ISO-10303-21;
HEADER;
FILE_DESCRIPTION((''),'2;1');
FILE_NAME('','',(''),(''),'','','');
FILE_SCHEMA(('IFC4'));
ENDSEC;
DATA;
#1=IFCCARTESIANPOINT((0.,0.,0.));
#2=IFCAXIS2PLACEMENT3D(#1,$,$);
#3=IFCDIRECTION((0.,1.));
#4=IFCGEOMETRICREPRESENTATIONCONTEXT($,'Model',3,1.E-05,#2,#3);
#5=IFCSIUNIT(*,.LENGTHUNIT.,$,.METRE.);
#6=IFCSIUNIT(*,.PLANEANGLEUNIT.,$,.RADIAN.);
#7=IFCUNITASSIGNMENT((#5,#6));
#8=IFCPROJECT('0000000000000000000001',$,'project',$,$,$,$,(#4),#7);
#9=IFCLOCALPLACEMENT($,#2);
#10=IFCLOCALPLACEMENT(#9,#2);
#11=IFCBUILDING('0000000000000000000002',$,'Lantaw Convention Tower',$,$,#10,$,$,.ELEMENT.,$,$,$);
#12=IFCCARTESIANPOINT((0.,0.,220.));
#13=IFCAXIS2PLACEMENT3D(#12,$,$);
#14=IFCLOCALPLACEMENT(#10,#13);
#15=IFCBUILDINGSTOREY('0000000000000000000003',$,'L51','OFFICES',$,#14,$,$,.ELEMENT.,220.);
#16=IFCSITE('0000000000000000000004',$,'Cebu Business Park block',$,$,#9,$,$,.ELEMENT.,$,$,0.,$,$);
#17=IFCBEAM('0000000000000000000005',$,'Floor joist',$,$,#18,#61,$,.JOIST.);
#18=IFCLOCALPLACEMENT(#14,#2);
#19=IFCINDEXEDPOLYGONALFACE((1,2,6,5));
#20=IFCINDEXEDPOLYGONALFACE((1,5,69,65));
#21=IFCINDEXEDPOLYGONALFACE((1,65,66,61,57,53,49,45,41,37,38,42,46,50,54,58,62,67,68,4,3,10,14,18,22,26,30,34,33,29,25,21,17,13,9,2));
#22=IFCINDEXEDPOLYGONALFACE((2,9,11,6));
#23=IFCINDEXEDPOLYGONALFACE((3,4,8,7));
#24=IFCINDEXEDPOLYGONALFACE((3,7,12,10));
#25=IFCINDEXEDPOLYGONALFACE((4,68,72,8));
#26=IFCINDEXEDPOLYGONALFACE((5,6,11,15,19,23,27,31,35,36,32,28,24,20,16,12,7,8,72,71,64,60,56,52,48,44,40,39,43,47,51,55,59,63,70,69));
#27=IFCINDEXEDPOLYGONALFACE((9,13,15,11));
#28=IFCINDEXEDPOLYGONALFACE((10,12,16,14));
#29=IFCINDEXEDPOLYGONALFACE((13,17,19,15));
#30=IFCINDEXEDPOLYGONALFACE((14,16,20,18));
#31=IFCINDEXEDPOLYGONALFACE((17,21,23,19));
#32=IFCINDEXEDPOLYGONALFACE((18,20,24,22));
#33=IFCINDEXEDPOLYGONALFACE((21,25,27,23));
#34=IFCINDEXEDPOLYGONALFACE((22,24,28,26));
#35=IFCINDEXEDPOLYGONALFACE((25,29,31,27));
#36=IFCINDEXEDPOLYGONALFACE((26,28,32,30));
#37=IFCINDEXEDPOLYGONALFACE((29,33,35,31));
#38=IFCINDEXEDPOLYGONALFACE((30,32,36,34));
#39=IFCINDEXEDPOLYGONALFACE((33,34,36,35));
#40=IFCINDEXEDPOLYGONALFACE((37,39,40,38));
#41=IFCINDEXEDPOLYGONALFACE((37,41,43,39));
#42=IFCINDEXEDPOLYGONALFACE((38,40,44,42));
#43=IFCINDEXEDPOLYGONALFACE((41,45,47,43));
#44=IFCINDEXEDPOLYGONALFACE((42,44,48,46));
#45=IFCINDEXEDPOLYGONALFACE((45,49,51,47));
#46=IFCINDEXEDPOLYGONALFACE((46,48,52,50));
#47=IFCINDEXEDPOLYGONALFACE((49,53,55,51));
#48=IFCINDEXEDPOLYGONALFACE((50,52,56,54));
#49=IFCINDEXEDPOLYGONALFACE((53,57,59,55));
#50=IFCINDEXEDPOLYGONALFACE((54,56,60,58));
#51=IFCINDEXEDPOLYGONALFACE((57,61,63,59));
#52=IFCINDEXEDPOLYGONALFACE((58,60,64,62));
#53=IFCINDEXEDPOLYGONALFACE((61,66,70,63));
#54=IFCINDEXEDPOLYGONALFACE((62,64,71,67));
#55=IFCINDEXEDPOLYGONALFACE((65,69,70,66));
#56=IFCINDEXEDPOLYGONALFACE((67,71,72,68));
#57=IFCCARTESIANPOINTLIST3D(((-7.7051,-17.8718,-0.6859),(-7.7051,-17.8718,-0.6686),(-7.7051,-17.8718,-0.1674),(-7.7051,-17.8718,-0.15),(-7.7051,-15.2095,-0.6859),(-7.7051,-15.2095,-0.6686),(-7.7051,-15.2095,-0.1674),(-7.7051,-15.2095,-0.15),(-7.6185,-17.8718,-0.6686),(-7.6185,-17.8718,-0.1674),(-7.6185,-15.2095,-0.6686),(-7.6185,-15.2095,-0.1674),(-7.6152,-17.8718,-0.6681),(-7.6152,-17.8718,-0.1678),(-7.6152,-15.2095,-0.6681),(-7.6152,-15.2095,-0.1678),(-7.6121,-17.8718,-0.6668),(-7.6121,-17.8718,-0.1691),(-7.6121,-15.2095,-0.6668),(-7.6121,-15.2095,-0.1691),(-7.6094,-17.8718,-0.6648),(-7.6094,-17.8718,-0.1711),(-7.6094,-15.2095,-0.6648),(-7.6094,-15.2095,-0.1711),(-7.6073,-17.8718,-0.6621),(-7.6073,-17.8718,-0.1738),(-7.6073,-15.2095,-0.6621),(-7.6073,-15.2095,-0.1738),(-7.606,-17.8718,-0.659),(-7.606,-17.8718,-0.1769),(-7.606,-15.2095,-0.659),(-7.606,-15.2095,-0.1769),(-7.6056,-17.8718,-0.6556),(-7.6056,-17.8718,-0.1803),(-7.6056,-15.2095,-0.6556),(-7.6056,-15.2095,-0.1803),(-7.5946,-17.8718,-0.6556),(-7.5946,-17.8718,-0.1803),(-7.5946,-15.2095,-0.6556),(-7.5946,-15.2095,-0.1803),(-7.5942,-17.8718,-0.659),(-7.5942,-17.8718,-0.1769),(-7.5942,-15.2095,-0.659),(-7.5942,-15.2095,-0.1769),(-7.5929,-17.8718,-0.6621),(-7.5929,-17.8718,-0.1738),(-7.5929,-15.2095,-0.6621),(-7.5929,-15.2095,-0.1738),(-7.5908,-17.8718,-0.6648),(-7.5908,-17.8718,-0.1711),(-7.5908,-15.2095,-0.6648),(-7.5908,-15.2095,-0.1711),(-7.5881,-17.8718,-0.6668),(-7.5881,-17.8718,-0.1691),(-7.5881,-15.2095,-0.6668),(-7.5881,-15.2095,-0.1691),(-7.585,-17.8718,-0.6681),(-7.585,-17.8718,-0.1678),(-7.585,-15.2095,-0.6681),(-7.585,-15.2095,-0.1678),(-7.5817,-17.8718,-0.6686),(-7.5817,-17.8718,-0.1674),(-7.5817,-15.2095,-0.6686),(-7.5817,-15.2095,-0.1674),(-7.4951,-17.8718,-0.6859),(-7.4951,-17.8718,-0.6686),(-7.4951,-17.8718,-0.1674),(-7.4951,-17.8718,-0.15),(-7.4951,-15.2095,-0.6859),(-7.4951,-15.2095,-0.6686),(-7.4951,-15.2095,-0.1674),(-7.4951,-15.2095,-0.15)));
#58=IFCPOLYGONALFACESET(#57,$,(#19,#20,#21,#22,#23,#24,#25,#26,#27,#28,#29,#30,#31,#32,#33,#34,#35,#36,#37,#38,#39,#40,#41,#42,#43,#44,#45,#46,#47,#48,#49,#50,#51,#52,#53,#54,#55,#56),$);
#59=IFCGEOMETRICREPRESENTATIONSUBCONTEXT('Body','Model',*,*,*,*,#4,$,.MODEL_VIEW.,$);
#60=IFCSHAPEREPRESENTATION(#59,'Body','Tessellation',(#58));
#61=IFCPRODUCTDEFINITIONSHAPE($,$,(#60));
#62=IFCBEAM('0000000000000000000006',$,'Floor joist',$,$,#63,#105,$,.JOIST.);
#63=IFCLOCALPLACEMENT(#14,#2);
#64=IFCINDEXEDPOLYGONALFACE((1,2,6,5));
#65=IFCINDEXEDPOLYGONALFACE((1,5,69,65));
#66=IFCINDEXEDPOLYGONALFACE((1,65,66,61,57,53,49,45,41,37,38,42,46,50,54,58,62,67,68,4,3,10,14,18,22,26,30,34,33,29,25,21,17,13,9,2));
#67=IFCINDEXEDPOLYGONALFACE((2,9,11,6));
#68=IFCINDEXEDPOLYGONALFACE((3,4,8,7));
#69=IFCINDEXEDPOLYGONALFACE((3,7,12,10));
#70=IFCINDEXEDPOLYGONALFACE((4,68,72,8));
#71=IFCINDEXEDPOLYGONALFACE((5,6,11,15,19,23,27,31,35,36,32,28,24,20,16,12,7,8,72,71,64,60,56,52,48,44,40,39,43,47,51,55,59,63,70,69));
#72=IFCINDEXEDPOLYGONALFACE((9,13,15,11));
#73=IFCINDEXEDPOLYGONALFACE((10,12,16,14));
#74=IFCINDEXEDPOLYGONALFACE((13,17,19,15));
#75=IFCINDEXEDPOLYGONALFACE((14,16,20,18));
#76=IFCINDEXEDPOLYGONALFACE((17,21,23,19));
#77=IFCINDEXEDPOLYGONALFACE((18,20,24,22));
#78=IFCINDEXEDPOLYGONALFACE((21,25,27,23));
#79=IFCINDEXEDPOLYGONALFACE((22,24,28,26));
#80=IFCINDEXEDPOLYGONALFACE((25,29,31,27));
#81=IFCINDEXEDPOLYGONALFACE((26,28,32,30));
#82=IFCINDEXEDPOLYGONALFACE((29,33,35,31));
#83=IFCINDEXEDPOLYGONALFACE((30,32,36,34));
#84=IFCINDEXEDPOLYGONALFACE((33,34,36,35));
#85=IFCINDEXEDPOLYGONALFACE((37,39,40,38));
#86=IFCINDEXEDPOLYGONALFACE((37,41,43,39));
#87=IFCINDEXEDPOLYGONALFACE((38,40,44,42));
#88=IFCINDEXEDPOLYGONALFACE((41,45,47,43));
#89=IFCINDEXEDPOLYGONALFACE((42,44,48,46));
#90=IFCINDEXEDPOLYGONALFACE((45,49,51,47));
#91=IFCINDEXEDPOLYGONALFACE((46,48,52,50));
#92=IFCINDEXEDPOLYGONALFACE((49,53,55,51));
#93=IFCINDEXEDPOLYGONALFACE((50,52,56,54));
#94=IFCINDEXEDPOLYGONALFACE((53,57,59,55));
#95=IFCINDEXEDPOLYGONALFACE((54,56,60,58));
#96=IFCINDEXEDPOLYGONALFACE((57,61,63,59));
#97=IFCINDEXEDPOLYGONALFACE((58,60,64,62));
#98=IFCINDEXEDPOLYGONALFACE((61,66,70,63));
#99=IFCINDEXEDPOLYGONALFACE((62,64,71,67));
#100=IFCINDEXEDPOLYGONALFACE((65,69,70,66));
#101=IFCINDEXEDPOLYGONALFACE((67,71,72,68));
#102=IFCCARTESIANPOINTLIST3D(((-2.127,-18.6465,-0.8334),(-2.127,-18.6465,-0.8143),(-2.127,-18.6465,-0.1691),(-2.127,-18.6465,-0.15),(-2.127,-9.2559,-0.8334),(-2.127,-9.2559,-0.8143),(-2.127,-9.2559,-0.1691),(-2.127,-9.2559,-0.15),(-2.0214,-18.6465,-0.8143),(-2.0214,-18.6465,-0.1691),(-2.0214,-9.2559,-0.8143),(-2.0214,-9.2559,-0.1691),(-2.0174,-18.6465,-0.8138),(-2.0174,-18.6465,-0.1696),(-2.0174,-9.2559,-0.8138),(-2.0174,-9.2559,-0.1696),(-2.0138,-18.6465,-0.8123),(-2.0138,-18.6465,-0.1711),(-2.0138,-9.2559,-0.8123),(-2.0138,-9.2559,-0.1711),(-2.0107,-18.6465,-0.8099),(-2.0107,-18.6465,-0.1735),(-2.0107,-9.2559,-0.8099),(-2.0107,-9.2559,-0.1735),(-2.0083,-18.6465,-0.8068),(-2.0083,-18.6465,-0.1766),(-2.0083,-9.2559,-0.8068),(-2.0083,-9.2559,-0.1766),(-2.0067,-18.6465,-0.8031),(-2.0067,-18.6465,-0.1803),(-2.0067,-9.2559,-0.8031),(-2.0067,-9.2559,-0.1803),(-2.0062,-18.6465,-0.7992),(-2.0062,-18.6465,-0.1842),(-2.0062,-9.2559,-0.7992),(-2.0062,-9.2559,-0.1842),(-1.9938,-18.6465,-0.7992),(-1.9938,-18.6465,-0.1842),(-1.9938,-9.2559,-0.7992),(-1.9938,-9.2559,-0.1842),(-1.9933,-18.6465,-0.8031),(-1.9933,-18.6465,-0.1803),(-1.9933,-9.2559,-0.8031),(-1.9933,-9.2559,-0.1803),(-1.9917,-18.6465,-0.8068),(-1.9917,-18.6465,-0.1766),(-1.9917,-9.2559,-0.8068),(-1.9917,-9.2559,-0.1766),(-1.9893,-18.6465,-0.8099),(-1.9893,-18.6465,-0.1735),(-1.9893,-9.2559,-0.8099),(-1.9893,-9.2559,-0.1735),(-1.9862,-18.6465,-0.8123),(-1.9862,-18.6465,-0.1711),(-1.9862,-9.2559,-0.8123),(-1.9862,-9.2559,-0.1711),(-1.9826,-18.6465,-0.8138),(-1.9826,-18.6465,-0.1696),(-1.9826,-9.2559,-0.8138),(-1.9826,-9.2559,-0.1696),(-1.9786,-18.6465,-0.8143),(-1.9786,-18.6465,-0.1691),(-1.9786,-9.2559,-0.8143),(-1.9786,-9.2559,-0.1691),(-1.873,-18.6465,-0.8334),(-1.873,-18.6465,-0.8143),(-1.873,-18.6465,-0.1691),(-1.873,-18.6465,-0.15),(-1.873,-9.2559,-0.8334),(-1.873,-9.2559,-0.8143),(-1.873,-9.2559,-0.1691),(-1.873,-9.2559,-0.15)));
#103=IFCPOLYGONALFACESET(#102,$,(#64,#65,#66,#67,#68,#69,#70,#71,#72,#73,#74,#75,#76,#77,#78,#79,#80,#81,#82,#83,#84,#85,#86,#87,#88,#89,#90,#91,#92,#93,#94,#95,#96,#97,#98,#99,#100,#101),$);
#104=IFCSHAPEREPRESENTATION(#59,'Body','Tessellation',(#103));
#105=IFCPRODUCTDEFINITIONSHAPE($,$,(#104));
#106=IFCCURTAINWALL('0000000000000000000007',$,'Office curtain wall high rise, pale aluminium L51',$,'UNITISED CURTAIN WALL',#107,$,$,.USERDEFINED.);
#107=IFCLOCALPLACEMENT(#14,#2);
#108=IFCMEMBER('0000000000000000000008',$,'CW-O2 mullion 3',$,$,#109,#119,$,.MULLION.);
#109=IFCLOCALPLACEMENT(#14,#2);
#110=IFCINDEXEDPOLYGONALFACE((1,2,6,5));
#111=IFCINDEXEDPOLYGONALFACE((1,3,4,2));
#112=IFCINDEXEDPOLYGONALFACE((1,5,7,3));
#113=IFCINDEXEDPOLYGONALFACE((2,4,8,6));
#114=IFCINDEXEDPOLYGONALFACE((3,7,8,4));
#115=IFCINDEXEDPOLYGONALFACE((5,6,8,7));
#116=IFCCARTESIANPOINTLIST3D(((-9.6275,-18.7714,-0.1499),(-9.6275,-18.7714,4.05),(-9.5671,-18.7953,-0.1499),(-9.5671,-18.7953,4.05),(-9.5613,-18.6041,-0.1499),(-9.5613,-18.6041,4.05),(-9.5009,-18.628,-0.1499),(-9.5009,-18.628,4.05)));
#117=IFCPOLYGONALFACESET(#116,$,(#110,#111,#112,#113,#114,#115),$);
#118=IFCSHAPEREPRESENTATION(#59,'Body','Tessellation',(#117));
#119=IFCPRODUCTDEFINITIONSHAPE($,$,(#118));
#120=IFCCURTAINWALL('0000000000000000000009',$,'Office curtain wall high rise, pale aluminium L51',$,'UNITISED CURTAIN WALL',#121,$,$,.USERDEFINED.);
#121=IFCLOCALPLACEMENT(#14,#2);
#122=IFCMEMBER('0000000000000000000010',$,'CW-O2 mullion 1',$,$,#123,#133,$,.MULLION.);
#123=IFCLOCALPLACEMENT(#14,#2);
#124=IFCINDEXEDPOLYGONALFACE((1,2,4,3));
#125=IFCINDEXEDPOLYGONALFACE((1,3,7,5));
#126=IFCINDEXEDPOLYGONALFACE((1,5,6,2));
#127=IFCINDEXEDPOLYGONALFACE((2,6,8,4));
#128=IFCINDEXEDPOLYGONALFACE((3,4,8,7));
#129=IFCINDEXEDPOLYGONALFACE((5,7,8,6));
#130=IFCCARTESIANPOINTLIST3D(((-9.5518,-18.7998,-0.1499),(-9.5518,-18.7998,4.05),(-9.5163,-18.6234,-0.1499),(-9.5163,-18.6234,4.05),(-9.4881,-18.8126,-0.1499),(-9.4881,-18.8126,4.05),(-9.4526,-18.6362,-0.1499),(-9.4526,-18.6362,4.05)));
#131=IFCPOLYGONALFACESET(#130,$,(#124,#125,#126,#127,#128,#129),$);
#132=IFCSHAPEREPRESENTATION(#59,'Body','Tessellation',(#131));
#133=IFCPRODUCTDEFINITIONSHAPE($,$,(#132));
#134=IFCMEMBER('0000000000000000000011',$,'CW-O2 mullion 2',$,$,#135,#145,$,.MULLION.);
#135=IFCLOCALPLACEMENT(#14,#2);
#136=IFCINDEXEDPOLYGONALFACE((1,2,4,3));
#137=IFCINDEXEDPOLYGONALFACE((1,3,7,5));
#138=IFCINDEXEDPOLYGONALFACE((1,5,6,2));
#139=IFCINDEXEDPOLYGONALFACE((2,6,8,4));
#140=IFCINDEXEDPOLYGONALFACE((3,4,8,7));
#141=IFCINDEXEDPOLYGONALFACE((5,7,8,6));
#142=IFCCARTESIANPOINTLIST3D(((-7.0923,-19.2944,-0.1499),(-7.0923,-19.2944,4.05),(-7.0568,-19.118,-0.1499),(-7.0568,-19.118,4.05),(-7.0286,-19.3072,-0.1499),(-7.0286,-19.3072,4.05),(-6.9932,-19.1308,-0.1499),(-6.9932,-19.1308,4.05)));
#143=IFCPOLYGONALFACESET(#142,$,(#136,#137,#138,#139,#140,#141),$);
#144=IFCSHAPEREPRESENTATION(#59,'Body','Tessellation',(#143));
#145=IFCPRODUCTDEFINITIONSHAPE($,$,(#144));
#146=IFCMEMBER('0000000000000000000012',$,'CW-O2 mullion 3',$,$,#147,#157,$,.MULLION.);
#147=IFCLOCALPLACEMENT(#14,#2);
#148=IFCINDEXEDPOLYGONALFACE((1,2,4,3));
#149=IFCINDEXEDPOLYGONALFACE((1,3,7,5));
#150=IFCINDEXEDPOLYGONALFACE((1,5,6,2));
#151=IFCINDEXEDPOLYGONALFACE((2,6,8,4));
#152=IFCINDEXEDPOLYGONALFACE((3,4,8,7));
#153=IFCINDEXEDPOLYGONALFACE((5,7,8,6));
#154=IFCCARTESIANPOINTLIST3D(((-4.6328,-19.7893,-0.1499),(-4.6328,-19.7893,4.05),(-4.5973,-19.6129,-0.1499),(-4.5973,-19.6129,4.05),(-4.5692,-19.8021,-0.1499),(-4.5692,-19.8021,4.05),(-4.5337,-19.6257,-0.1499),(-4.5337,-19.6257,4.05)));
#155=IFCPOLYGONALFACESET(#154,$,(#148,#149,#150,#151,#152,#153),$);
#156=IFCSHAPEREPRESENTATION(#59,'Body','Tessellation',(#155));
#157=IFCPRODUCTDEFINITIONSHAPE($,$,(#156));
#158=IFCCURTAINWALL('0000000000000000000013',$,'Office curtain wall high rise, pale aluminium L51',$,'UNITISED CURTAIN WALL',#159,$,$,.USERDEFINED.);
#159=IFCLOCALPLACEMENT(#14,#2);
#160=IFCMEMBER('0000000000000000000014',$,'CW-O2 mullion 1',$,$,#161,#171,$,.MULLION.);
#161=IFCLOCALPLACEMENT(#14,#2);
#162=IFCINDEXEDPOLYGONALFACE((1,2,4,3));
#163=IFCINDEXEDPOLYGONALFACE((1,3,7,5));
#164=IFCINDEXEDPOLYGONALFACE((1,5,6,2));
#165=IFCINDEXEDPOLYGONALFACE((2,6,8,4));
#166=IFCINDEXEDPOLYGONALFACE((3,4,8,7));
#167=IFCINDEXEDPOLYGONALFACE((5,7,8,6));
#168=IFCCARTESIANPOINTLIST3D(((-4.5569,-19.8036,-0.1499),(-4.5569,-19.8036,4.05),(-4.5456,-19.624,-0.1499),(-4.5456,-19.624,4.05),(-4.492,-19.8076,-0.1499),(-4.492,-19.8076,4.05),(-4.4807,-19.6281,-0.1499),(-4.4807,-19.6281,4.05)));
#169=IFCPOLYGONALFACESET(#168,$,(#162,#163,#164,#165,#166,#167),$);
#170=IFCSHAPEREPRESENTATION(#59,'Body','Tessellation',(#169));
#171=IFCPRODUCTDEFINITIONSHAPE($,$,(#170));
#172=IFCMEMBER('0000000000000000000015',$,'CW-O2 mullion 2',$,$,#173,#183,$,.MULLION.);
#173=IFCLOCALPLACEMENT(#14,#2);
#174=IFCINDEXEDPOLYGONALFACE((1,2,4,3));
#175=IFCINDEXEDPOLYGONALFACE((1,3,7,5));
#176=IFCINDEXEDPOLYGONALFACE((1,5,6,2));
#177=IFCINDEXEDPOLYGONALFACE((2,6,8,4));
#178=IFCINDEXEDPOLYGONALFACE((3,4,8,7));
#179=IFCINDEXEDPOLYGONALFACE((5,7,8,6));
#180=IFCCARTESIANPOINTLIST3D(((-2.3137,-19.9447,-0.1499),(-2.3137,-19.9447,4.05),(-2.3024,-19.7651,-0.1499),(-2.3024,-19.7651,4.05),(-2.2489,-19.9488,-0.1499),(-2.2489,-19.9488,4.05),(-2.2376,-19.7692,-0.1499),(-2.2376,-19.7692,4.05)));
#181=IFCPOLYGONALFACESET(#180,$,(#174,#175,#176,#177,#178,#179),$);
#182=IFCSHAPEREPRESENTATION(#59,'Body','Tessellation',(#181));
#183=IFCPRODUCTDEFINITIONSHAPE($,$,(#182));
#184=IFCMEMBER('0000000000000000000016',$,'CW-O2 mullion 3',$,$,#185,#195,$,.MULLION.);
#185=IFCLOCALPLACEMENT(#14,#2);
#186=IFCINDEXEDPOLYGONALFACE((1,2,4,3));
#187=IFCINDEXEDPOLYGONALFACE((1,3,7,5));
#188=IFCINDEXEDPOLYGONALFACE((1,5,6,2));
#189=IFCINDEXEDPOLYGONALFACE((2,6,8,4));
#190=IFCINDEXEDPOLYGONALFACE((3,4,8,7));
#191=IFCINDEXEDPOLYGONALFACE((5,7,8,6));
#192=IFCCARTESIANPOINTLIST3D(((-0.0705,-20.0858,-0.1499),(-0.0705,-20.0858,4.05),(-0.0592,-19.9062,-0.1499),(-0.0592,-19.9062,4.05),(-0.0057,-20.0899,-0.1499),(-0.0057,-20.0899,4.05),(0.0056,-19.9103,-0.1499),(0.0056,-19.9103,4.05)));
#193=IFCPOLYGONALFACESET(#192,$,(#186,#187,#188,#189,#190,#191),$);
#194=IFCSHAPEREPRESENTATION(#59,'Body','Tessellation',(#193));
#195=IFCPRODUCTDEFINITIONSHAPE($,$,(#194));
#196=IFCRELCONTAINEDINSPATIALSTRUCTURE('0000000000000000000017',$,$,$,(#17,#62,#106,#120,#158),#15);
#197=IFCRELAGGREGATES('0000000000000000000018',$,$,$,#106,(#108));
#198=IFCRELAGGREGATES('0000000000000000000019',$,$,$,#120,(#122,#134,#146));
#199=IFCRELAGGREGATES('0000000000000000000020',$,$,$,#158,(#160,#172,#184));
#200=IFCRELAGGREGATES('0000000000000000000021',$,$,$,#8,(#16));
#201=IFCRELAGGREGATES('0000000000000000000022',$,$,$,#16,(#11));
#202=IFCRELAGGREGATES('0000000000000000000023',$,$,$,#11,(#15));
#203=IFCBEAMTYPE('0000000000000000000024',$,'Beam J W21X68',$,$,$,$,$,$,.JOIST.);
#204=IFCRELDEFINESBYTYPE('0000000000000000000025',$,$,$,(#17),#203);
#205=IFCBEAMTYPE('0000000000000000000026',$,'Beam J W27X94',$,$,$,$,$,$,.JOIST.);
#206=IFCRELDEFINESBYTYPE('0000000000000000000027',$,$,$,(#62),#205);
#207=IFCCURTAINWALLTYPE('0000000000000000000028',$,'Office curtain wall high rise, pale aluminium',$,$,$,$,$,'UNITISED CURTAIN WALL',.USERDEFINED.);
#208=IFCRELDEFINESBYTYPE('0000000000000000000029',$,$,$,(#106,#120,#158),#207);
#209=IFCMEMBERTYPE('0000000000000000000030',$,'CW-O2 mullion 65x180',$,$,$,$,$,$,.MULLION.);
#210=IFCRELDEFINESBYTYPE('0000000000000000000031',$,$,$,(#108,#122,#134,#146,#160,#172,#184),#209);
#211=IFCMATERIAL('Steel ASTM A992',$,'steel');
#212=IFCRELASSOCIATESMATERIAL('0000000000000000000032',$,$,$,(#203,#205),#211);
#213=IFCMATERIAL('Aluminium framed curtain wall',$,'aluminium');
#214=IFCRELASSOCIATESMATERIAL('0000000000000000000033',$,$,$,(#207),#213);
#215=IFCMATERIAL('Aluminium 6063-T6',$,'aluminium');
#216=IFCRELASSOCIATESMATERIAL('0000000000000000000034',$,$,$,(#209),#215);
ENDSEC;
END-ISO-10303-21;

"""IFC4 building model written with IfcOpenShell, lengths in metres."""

from ifc_helpers import new_model, si_unit, direction, frame, origin, origin_2d, place, context, subcontext, project, spatial, rectangle, i_section, extrude, material, material_profile, profile_set, type_object, element, aggregate, save


model = new_model("IFC4")

# Units and contexts
model_context = context("Model", 3, precision=1e-05, world=origin(), true_north=direction((0.0, 1.0)))
body_context = subcontext(model_context, "Body", "Model", "MODEL_VIEW")
ifc_project = project(units=[si_unit("LENGTHUNIT", "METRE"), si_unit("PLANEANGLEUNIT", "RADIAN")], contexts=[model_context])

# Site, building, storey
site_placement = place(None, origin())
site = spatial("IfcSite", under=ifc_project, at=site_placement, Name="Cebu Business Park block", CompositionType="ELEMENT", RefElevation=0.0)
building_placement = place(site_placement, origin())
building = spatial("IfcBuilding", under=site, at=building_placement, Name="Lantaw Convention Tower", CompositionType="ELEMENT")
storey_placement = place(building_placement, frame((0.0, 0.0, 220.0)))
storey = spatial("IfcBuildingStorey", under=building, at=storey_placement, Name="L51", Description="OFFICES", CompositionType="ELEMENT", Elevation=220.0)

# Beams
ifc_material_1 = material(Name="Steel ASTM A992", Category="steel")
ifc_material_profile_1 = material_profile(ifc_material_1, i_section(OverallWidth=0.21, OverallDepth=0.5359, WebThickness=0.011, FlangeThickness=0.0173, FilletRadius=0.0129, at=origin_2d()), Name="W21X68")
ifc_profile_set_1 = profile_set([ifc_material_profile_1], Name="Steel ASTM A992")
beam_type_1 = type_object("IfcBeamType", Name="Beam J W21X68", PredefinedType="JOIST", material=ifc_profile_set_1)
beam_1_placement = place(storey_placement, frame((-7.6001, -17.8718, -0.418), z_axis=(0.0, 1.0, 0.0), x_axis=(-1.0, 0.0, 0.0)))
element("IfcBeam", 1, at=beam_1_placement, inside=storey, type_object=beam_type_1, Name="Floor joist", PredefinedType="JOIST", context=body_context, shape_type="SweptSolid", body=[
    extrude(i_section(OverallWidth=0.21, OverallDepth=0.5359, WebThickness=0.011, FlangeThickness=0.0173, FilletRadius=0.0129, at=origin_2d()), origin(), (0.0, 0.0, 1.0), 2.6624),
])
ifc_material_profile_2 = material_profile(ifc_material_1, i_section(OverallWidth=0.2539, OverallDepth=0.6833, WebThickness=0.0125, FlangeThickness=0.019, FilletRadius=0.0151, at=origin_2d()), Name="W27X94")
ifc_profile_set_2 = profile_set([ifc_material_profile_2], Name="Steel ASTM A992")
beam_type_2 = type_object("IfcBeamType", Name="Beam J W27X94", PredefinedType="JOIST", material=ifc_profile_set_2)
beam_2_placement = place(storey_placement, frame((-2.0, -18.6465, -0.4917), z_axis=(0.0, 1.0, 0.0), x_axis=(-1.0, 0.0, 0.0)))
element("IfcBeam", 2, at=beam_2_placement, inside=storey, type_object=beam_type_2, Name="Floor joist", PredefinedType="JOIST", context=body_context, shape_type="SweptSolid", body=[
    extrude(i_section(OverallWidth=0.2539, OverallDepth=0.6833, WebThickness=0.0125, FlangeThickness=0.019, FilletRadius=0.0151, at=origin_2d()), origin(), (0.0, 0.0, 1.0), 9.3906),
])

# Curtain wall, member
ifc_material_2 = material(Name="Aluminium framed curtain wall", Category="aluminium")
curtain_wall_type = type_object("IfcCurtainWallType", Name="Office curtain wall high rise, pale aluminium", ElementType="UNITISED CURTAIN WALL", PredefinedType="USERDEFINED", material=ifc_material_2)
curtain_wall_1_placement = place(storey_placement, origin())
curtain_wall_1 = element("IfcCurtainWall", 3, at=curtain_wall_1_placement, inside=storey, type_object=curtain_wall_type, Name="Office curtain wall high rise, pale aluminium L51", ObjectType="UNITISED CURTAIN WALL", PredefinedType="USERDEFINED")
ifc_material_3 = material(Name="Aluminium 6063-T6", Category="aluminium")
ifc_material_profile_3 = material_profile(ifc_material_3, rectangle(XDim=0.1799, YDim=0.0649, at=origin_2d()), Name="CW-O2 mullion 65x180")
ifc_profile_set_3 = profile_set([ifc_material_profile_3], Name="Aluminium 6063-T6")
member_type_1 = type_object("IfcMemberType", Name="CW-O2 mullion 65x180", PredefinedType="MULLION", material=ifc_profile_set_3)
member_1_placement = place(storey_placement, frame((-9.5642, -18.6997, -0.1499), z_axis=(0.0, 0.0, 1.0), x_axis=(0.368162, 0.929762, 0.0)))
member_1 = element("IfcMember", 4, at=member_1_placement, type_object=member_type_1, Name="CW-O2 mullion 3", PredefinedType="MULLION", context=body_context, shape_type="SweptSolid", body=[
    extrude(rectangle(XDim=0.1799, YDim=0.0649, at=origin_2d()), origin(), (0.0, 0.0, 1.0), 4.2),
])

# Curtain walls, members
curtain_wall_2_placement = place(storey_placement, origin())
curtain_wall_2 = element("IfcCurtainWall", 5, at=curtain_wall_2_placement, inside=storey, type_object=curtain_wall_type, Name="Office curtain wall high rise, pale aluminium L51", ObjectType="UNITISED CURTAIN WALL", PredefinedType="USERDEFINED")
member_2_placement = place(storey_placement, frame((-9.5022, -18.718, -0.1499), z_axis=(0.0, 0.0, 1.0), x_axis=(0.197183, 0.980367, 0.0)))
member_2 = element("IfcMember", 6, at=member_2_placement, type_object=member_type_1, Name="CW-O2 mullion 1", PredefinedType="MULLION", context=body_context, shape_type="SweptSolid", body=[
    extrude(rectangle(XDim=0.1799, YDim=0.0649, at=origin_2d()), origin(), (0.0, 0.0, 1.0), 4.2),
])
member_3_placement = place(storey_placement, frame((-7.0427, -19.2126, -0.1499), z_axis=(0.0, 0.0, 1.0), x_axis=(0.197183, 0.980367, 0.0)))
member_3 = element("IfcMember", 7, at=member_3_placement, type_object=member_type_1, Name="CW-O2 mullion 2", PredefinedType="MULLION", context=body_context, shape_type="SweptSolid", body=[
    extrude(rectangle(XDim=0.1799, YDim=0.0649, at=origin_2d()), origin(), (0.0, 0.0, 1.0), 4.2),
])
member_4_placement = place(storey_placement, frame((-4.5833, -19.7075, -0.1499), z_axis=(0.0, 0.0, 1.0), x_axis=(0.197183, 0.980367, 0.0)))
member_4 = element("IfcMember", 8, at=member_4_placement, type_object=member_type_1, Name="CW-O2 mullion 3", PredefinedType="MULLION", context=body_context, shape_type="SweptSolid", body=[
    extrude(rectangle(XDim=0.1799, YDim=0.0649, at=origin_2d()), origin(), (0.0, 0.0, 1.0), 4.2),
])
curtain_wall_3_placement = place(storey_placement, origin())
curtain_wall_3 = element("IfcCurtainWall", 9, at=curtain_wall_3_placement, inside=storey, type_object=curtain_wall_type, Name="Office curtain wall high rise, pale aluminium L51", ObjectType="UNITISED CURTAIN WALL", PredefinedType="USERDEFINED")
member_5_placement = place(storey_placement, frame((-4.5188, -19.7158, -0.1499), z_axis=(0.0, 0.0, 1.0), x_axis=(0.062758, 0.998029, 0.0)))
member_5 = element("IfcMember", 10, at=member_5_placement, type_object=member_type_1, Name="CW-O2 mullion 1", PredefinedType="MULLION", context=body_context, shape_type="SweptSolid", body=[
    extrude(rectangle(XDim=0.1799, YDim=0.0649, at=origin_2d()), origin(), (0.0, 0.0, 1.0), 4.2),
])
member_6_placement = place(storey_placement, frame((-2.2756, -19.8569, -0.1499), z_axis=(0.0, 0.0, 1.0), x_axis=(0.062758, 0.998029, 0.0)))
member_6 = element("IfcMember", 11, at=member_6_placement, type_object=member_type_1, Name="CW-O2 mullion 2", PredefinedType="MULLION", context=body_context, shape_type="SweptSolid", body=[
    extrude(rectangle(XDim=0.1799, YDim=0.0649, at=origin_2d()), origin(), (0.0, 0.0, 1.0), 4.2),
])
member_7_placement = place(storey_placement, frame((-0.0325, -19.998, -0.1499), z_axis=(0.0, 0.0, 1.0), x_axis=(0.062758, 0.998029, 0.0)))
member_7 = element("IfcMember", 12, at=member_7_placement, type_object=member_type_1, Name="CW-O2 mullion 3", PredefinedType="MULLION", context=body_context, shape_type="SweptSolid", body=[
    extrude(rectangle(XDim=0.1799, YDim=0.0649, at=origin_2d()), origin(), (0.0, 0.0, 1.0), 4.2),
])

aggregate(curtain_wall_1, [member_1])
aggregate(curtain_wall_2, [member_2, member_3, member_4])
aggregate(curtain_wall_3, [member_5, member_6, member_7])

save(model, "model.ifc")
